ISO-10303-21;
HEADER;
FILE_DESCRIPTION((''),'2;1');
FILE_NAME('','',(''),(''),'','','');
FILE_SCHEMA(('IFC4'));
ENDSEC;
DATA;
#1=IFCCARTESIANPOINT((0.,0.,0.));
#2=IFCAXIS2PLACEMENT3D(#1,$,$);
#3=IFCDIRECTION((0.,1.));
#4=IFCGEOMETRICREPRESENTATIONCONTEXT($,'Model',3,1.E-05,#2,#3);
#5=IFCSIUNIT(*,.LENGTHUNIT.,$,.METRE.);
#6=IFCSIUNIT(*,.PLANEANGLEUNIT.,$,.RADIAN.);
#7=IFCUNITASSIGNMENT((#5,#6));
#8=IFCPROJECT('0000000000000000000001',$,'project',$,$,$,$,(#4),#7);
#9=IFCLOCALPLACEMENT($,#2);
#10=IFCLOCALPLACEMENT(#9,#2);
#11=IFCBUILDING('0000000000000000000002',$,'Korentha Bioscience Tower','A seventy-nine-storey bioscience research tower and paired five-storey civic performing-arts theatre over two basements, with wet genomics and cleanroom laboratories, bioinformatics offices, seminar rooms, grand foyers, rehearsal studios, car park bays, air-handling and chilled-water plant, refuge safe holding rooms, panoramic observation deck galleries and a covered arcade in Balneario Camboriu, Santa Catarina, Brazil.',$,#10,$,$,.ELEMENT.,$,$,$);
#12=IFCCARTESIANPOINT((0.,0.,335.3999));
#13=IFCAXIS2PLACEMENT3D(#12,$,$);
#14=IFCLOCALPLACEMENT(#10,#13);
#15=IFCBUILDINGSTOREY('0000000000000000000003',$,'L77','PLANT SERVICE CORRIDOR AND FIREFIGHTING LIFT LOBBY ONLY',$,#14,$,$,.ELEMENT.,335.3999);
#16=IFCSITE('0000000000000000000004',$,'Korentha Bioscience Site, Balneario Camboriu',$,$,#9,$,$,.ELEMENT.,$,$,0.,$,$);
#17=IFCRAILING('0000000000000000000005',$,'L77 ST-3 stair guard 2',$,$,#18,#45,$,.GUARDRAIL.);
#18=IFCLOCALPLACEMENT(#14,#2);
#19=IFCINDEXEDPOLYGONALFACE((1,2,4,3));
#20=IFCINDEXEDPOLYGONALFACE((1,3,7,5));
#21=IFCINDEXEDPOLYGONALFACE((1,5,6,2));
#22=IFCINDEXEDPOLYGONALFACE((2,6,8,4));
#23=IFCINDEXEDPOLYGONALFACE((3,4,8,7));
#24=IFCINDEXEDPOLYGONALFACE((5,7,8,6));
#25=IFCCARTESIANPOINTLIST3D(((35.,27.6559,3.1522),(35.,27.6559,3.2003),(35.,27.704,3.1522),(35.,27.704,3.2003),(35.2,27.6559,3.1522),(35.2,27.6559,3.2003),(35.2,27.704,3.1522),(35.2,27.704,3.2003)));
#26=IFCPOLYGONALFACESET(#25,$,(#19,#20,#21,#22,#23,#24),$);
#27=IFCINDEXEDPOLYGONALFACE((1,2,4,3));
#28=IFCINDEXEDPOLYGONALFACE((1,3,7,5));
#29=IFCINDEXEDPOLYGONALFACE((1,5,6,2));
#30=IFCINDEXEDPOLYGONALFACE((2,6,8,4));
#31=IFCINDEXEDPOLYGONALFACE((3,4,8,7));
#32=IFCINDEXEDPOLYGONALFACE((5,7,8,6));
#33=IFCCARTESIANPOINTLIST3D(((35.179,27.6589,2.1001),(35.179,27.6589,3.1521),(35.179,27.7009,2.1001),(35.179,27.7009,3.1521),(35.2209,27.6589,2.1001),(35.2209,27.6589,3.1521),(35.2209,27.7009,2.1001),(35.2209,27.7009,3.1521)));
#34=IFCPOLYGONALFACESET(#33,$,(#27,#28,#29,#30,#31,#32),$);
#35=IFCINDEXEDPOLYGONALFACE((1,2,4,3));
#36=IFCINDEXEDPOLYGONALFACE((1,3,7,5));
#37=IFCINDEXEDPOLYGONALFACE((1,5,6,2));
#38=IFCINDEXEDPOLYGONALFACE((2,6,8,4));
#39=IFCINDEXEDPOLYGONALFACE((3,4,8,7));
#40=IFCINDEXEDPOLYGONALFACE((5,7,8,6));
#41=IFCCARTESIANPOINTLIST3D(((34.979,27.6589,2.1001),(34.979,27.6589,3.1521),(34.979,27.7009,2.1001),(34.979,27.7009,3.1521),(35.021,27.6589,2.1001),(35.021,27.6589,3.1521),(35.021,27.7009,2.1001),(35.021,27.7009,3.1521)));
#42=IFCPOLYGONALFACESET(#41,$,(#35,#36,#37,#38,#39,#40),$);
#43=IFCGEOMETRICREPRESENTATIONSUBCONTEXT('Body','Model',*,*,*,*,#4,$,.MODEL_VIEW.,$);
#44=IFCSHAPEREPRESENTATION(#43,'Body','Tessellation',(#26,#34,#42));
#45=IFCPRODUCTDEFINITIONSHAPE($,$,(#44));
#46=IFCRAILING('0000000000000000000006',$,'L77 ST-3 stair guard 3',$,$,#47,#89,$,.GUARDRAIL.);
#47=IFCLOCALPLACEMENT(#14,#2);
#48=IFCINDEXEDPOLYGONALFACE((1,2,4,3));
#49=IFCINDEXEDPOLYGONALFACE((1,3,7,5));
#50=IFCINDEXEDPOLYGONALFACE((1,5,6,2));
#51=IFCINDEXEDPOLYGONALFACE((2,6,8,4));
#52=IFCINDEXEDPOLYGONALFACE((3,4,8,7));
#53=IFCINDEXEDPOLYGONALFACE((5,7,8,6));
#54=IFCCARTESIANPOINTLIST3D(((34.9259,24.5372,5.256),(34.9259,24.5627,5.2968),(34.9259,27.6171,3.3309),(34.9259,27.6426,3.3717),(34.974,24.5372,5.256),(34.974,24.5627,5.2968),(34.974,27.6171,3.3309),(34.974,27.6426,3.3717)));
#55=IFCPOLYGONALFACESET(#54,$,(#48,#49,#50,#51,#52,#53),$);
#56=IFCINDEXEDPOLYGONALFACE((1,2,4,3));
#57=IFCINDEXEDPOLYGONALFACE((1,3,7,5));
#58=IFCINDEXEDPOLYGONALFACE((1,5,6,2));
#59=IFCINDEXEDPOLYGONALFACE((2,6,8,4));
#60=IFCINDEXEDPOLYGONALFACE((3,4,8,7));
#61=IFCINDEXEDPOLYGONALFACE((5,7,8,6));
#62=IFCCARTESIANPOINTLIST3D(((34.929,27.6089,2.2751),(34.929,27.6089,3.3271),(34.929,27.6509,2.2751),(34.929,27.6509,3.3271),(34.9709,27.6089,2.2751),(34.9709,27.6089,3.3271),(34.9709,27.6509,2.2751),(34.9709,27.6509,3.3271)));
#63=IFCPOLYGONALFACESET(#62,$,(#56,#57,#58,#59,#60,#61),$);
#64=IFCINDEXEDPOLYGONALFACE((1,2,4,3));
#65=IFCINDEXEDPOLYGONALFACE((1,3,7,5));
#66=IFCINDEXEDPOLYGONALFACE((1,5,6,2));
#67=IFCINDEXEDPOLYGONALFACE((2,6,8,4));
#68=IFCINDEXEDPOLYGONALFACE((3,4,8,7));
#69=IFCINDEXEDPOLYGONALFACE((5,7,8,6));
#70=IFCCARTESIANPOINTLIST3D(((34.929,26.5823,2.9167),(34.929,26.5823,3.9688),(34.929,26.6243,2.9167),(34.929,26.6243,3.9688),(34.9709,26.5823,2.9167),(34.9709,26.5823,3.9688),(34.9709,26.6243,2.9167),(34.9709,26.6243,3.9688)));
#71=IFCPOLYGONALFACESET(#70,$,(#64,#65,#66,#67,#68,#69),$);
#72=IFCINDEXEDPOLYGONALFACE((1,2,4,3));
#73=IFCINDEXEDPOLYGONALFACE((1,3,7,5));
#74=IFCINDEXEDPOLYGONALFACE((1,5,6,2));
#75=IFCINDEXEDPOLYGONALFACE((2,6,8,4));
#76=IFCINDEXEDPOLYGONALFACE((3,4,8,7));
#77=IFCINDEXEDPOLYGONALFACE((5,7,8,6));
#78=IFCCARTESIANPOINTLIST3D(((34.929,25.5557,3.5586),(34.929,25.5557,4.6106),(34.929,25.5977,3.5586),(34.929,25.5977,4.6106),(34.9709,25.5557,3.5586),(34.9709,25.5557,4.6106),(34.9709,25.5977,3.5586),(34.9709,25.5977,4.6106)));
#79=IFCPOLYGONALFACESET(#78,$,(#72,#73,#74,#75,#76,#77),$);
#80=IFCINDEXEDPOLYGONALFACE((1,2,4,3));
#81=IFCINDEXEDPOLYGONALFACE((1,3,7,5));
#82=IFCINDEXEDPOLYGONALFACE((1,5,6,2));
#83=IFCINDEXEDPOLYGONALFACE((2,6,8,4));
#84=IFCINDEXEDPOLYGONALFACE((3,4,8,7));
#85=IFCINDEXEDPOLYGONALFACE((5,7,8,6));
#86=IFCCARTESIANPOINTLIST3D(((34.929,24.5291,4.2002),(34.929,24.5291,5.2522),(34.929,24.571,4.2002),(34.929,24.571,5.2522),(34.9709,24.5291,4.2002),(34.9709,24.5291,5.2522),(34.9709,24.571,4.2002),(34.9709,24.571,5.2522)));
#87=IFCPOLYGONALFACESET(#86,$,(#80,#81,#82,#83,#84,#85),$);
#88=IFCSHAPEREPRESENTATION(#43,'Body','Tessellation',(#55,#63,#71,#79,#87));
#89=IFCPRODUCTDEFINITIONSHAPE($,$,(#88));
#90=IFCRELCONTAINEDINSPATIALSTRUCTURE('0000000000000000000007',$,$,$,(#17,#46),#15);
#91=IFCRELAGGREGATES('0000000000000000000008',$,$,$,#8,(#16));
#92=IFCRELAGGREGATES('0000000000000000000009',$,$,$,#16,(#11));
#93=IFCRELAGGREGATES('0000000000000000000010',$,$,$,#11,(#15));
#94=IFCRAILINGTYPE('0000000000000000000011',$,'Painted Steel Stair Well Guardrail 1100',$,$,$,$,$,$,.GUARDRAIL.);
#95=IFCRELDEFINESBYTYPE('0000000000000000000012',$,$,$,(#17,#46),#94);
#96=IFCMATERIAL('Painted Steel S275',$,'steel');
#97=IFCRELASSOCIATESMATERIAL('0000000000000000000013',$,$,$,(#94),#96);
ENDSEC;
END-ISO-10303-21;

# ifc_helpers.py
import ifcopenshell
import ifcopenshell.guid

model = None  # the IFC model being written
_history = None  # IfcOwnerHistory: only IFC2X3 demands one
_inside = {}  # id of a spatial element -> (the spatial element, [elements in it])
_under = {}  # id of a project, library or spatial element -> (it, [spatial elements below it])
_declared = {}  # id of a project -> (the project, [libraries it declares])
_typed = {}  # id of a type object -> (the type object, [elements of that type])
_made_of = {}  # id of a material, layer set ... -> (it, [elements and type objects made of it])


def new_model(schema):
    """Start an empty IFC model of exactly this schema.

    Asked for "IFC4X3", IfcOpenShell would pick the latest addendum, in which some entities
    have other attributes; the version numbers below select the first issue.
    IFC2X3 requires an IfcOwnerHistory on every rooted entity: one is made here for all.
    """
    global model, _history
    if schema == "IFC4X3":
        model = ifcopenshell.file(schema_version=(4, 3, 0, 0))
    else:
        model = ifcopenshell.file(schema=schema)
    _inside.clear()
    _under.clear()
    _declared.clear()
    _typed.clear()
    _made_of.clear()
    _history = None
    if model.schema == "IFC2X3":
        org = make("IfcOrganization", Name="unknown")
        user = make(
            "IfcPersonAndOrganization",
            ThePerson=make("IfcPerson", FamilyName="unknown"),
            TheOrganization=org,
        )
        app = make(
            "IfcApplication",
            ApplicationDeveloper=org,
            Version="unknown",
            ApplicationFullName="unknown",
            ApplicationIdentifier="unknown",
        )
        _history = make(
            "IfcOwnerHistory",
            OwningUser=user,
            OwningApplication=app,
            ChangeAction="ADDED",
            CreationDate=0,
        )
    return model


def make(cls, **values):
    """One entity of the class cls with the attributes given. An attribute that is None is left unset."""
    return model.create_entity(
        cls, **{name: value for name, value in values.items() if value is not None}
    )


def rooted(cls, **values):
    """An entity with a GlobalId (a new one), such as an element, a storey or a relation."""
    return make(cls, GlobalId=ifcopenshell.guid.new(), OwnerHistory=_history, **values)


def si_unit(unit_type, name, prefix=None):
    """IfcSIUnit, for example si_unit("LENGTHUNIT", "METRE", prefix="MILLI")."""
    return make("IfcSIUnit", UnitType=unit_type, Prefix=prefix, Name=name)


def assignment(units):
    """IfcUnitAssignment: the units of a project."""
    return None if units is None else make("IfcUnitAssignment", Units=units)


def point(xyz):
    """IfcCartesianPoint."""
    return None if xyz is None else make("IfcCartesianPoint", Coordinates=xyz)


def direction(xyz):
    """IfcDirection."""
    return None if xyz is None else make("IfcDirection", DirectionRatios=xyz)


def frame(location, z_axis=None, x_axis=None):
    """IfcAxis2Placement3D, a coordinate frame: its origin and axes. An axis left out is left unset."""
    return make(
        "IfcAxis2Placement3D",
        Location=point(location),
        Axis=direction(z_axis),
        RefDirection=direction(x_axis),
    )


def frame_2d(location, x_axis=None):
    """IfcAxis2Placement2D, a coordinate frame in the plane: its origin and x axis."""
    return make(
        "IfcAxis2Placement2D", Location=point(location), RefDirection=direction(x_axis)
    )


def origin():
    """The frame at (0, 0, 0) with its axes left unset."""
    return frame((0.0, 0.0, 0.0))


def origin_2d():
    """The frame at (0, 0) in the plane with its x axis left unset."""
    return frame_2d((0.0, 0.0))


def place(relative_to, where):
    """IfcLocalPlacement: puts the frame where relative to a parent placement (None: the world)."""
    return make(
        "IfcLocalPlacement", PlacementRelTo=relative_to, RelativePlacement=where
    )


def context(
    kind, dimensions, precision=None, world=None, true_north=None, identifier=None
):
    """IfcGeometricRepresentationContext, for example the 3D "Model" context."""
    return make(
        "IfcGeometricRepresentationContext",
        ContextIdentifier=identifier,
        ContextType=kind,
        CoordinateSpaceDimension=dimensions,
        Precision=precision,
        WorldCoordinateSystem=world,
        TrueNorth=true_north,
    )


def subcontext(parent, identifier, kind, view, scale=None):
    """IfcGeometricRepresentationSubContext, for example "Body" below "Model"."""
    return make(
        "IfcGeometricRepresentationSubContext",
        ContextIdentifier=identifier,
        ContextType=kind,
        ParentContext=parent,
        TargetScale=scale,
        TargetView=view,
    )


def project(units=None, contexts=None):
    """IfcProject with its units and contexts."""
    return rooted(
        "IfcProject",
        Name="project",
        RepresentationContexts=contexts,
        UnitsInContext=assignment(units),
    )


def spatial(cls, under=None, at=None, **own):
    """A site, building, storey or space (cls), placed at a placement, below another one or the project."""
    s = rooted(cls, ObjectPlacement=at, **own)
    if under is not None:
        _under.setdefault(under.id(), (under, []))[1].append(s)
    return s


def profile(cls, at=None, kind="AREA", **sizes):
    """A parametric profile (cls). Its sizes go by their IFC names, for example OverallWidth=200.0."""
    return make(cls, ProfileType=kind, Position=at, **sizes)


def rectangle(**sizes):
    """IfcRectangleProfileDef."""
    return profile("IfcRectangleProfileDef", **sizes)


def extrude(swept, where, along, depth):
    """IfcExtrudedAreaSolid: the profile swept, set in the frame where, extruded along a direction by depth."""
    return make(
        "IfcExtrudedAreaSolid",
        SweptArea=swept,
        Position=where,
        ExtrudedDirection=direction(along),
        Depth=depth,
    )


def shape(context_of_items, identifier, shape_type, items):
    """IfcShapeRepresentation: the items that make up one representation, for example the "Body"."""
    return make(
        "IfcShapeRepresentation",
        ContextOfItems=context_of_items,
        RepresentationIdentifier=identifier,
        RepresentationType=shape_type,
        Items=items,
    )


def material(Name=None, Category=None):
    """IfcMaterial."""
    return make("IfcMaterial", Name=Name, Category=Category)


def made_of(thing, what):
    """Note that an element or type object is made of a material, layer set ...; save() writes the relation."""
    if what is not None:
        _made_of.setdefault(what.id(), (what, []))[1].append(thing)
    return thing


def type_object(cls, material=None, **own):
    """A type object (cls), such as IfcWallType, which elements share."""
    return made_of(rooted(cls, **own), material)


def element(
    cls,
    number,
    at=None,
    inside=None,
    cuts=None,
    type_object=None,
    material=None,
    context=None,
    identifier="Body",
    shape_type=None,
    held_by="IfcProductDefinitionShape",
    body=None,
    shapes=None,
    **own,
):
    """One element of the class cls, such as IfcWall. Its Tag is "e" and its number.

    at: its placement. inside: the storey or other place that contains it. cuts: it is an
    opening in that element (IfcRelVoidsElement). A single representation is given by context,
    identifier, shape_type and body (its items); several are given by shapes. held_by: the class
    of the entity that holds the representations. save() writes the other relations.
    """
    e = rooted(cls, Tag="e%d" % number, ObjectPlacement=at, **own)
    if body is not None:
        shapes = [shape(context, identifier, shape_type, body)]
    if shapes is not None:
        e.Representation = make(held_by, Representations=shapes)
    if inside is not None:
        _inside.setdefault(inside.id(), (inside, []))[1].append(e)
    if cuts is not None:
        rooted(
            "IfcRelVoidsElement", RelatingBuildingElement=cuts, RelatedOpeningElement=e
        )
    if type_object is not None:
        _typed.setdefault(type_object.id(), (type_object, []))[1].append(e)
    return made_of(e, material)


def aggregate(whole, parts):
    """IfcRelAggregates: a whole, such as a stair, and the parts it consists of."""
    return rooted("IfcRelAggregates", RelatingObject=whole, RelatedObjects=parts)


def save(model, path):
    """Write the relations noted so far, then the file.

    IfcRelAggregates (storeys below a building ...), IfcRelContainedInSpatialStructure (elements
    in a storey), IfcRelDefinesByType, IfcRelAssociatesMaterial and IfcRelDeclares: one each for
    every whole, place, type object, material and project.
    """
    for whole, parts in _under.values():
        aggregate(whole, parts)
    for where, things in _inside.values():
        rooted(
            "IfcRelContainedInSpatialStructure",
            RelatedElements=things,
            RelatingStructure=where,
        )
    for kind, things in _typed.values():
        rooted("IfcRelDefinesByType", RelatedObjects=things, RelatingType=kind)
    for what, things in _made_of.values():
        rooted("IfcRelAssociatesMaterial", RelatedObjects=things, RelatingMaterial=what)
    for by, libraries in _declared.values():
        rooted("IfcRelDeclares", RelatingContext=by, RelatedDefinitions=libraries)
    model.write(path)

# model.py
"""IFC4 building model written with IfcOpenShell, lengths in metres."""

from ifc_helpers import new_model, si_unit, direction, frame, origin, origin_2d, place, context, subcontext, project, spatial, rectangle, extrude, material, type_object, element, save


model = new_model("IFC4")

# Units and contexts
model_context = context("Model", 3, precision=1e-05, world=origin(), true_north=direction((0.0, 1.0)))
body_context = subcontext(model_context, "Body", "Model", "MODEL_VIEW")
ifc_project = project(units=[si_unit("LENGTHUNIT", "METRE"), si_unit("PLANEANGLEUNIT", "RADIAN")], contexts=[model_context])

# Site, building, storey
site_placement = place(None, origin())
site = spatial("IfcSite", under=ifc_project, at=site_placement, Name="Korentha Bioscience Site, Balneario Camboriu", CompositionType="ELEMENT", RefElevation=0.0)
building_placement = place(site_placement, origin())
building = spatial("IfcBuilding", under=site, at=building_placement, Name="Korentha Bioscience Tower", Description="A seventy-nine-storey bioscience research tower and paired five-storey civic performing-arts theatre over two basements, with wet genomics and cleanroom laboratories, bioinformatics offices, seminar rooms, grand foyers, rehearsal studios, car park bays, air-handling and chilled-water plant, refuge safe holding rooms, panoramic observation deck galleries and a covered arcade in Balneario Camboriu, Santa Catarina, Brazil.", CompositionType="ELEMENT")
storey_placement = place(building_placement, frame((0.0, 0.0, 335.3999)))
storey = spatial("IfcBuildingStorey", under=building, at=storey_placement, Name="L77", Description="PLANT SERVICE CORRIDOR AND FIREFIGHTING LIFT LOBBY ONLY", CompositionType="ELEMENT", Elevation=335.3999)

# Railings
ifc_material_1 = material(Name="Painted Steel S275", Category="steel")
railing_type_1 = type_object("IfcRailingType", Name="Painted Steel Stair Well Guardrail 1100", PredefinedType="GUARDRAIL", material=ifc_material_1)
railing_1_placement = place(storey_placement, frame((35.2, 27.6799, 2.1001)))
element("IfcRailing", 1, at=railing_1_placement, inside=storey, type_object=railing_type_1, Name="L77 ST-3 stair guard 2", PredefinedType="GUARDRAIL", context=body_context, shape_type="SweptSolid", body=[
    extrude(rectangle(XDim=0.0481, YDim=0.0481, at=origin_2d()), frame((0.0, 0.0, 1.0762), z_axis=(-1.0, 0.0, 0.0), x_axis=(0.0, -1.0, 0.0)), (0.0, 0.0, 1.0), 0.2),
    extrude(rectangle(XDim=0.042, YDim=0.042, at=origin_2d()), origin(), (0.0, 0.0, 1.0), 1.052),
    extrude(rectangle(XDim=0.042, YDim=0.042, at=origin_2d()), frame((-0.2, 0.0, 0.0)), (0.0, 0.0, 1.0), 1.052),
])
railing_2_placement = place(storey_placement, frame((34.95, 27.6299, 2.2751)))
element("IfcRailing", 2, at=railing_2_placement, inside=storey, type_object=railing_type_1, Name="L77 ST-3 stair guard 3", PredefinedType="GUARDRAIL", context=body_context, shape_type="SweptSolid", body=[
    extrude(rectangle(XDim=0.0481, YDim=0.0481, at=origin_2d()), frame((0.0, 0.0, 1.0762), z_axis=(0.0, -0.847979, 0.530029), x_axis=(1.0, 0.0, 0.0)), (0.0, 0.0, 1.0), 3.6321),
    extrude(rectangle(XDim=0.042, YDim=0.042, at=origin_2d()), origin(), (0.0, 0.0, 1.0), 1.052),
    extrude(rectangle(XDim=0.042, YDim=0.042, at=origin_2d()), frame((0.0, -1.0266, 0.6416)), (0.0, 0.0, 1.0), 1.052),
    extrude(rectangle(XDim=0.042, YDim=0.042, at=origin_2d()), frame((0.0, -2.0532, 1.2834)), (0.0, 0.0, 1.0), 1.052),
    extrude(rectangle(XDim=0.042, YDim=0.042, at=origin_2d()), frame((0.0, -3.0798, 1.925)), (0.0, 0.0, 1.0), 1.052),
])

save(model, "model.ifc")
